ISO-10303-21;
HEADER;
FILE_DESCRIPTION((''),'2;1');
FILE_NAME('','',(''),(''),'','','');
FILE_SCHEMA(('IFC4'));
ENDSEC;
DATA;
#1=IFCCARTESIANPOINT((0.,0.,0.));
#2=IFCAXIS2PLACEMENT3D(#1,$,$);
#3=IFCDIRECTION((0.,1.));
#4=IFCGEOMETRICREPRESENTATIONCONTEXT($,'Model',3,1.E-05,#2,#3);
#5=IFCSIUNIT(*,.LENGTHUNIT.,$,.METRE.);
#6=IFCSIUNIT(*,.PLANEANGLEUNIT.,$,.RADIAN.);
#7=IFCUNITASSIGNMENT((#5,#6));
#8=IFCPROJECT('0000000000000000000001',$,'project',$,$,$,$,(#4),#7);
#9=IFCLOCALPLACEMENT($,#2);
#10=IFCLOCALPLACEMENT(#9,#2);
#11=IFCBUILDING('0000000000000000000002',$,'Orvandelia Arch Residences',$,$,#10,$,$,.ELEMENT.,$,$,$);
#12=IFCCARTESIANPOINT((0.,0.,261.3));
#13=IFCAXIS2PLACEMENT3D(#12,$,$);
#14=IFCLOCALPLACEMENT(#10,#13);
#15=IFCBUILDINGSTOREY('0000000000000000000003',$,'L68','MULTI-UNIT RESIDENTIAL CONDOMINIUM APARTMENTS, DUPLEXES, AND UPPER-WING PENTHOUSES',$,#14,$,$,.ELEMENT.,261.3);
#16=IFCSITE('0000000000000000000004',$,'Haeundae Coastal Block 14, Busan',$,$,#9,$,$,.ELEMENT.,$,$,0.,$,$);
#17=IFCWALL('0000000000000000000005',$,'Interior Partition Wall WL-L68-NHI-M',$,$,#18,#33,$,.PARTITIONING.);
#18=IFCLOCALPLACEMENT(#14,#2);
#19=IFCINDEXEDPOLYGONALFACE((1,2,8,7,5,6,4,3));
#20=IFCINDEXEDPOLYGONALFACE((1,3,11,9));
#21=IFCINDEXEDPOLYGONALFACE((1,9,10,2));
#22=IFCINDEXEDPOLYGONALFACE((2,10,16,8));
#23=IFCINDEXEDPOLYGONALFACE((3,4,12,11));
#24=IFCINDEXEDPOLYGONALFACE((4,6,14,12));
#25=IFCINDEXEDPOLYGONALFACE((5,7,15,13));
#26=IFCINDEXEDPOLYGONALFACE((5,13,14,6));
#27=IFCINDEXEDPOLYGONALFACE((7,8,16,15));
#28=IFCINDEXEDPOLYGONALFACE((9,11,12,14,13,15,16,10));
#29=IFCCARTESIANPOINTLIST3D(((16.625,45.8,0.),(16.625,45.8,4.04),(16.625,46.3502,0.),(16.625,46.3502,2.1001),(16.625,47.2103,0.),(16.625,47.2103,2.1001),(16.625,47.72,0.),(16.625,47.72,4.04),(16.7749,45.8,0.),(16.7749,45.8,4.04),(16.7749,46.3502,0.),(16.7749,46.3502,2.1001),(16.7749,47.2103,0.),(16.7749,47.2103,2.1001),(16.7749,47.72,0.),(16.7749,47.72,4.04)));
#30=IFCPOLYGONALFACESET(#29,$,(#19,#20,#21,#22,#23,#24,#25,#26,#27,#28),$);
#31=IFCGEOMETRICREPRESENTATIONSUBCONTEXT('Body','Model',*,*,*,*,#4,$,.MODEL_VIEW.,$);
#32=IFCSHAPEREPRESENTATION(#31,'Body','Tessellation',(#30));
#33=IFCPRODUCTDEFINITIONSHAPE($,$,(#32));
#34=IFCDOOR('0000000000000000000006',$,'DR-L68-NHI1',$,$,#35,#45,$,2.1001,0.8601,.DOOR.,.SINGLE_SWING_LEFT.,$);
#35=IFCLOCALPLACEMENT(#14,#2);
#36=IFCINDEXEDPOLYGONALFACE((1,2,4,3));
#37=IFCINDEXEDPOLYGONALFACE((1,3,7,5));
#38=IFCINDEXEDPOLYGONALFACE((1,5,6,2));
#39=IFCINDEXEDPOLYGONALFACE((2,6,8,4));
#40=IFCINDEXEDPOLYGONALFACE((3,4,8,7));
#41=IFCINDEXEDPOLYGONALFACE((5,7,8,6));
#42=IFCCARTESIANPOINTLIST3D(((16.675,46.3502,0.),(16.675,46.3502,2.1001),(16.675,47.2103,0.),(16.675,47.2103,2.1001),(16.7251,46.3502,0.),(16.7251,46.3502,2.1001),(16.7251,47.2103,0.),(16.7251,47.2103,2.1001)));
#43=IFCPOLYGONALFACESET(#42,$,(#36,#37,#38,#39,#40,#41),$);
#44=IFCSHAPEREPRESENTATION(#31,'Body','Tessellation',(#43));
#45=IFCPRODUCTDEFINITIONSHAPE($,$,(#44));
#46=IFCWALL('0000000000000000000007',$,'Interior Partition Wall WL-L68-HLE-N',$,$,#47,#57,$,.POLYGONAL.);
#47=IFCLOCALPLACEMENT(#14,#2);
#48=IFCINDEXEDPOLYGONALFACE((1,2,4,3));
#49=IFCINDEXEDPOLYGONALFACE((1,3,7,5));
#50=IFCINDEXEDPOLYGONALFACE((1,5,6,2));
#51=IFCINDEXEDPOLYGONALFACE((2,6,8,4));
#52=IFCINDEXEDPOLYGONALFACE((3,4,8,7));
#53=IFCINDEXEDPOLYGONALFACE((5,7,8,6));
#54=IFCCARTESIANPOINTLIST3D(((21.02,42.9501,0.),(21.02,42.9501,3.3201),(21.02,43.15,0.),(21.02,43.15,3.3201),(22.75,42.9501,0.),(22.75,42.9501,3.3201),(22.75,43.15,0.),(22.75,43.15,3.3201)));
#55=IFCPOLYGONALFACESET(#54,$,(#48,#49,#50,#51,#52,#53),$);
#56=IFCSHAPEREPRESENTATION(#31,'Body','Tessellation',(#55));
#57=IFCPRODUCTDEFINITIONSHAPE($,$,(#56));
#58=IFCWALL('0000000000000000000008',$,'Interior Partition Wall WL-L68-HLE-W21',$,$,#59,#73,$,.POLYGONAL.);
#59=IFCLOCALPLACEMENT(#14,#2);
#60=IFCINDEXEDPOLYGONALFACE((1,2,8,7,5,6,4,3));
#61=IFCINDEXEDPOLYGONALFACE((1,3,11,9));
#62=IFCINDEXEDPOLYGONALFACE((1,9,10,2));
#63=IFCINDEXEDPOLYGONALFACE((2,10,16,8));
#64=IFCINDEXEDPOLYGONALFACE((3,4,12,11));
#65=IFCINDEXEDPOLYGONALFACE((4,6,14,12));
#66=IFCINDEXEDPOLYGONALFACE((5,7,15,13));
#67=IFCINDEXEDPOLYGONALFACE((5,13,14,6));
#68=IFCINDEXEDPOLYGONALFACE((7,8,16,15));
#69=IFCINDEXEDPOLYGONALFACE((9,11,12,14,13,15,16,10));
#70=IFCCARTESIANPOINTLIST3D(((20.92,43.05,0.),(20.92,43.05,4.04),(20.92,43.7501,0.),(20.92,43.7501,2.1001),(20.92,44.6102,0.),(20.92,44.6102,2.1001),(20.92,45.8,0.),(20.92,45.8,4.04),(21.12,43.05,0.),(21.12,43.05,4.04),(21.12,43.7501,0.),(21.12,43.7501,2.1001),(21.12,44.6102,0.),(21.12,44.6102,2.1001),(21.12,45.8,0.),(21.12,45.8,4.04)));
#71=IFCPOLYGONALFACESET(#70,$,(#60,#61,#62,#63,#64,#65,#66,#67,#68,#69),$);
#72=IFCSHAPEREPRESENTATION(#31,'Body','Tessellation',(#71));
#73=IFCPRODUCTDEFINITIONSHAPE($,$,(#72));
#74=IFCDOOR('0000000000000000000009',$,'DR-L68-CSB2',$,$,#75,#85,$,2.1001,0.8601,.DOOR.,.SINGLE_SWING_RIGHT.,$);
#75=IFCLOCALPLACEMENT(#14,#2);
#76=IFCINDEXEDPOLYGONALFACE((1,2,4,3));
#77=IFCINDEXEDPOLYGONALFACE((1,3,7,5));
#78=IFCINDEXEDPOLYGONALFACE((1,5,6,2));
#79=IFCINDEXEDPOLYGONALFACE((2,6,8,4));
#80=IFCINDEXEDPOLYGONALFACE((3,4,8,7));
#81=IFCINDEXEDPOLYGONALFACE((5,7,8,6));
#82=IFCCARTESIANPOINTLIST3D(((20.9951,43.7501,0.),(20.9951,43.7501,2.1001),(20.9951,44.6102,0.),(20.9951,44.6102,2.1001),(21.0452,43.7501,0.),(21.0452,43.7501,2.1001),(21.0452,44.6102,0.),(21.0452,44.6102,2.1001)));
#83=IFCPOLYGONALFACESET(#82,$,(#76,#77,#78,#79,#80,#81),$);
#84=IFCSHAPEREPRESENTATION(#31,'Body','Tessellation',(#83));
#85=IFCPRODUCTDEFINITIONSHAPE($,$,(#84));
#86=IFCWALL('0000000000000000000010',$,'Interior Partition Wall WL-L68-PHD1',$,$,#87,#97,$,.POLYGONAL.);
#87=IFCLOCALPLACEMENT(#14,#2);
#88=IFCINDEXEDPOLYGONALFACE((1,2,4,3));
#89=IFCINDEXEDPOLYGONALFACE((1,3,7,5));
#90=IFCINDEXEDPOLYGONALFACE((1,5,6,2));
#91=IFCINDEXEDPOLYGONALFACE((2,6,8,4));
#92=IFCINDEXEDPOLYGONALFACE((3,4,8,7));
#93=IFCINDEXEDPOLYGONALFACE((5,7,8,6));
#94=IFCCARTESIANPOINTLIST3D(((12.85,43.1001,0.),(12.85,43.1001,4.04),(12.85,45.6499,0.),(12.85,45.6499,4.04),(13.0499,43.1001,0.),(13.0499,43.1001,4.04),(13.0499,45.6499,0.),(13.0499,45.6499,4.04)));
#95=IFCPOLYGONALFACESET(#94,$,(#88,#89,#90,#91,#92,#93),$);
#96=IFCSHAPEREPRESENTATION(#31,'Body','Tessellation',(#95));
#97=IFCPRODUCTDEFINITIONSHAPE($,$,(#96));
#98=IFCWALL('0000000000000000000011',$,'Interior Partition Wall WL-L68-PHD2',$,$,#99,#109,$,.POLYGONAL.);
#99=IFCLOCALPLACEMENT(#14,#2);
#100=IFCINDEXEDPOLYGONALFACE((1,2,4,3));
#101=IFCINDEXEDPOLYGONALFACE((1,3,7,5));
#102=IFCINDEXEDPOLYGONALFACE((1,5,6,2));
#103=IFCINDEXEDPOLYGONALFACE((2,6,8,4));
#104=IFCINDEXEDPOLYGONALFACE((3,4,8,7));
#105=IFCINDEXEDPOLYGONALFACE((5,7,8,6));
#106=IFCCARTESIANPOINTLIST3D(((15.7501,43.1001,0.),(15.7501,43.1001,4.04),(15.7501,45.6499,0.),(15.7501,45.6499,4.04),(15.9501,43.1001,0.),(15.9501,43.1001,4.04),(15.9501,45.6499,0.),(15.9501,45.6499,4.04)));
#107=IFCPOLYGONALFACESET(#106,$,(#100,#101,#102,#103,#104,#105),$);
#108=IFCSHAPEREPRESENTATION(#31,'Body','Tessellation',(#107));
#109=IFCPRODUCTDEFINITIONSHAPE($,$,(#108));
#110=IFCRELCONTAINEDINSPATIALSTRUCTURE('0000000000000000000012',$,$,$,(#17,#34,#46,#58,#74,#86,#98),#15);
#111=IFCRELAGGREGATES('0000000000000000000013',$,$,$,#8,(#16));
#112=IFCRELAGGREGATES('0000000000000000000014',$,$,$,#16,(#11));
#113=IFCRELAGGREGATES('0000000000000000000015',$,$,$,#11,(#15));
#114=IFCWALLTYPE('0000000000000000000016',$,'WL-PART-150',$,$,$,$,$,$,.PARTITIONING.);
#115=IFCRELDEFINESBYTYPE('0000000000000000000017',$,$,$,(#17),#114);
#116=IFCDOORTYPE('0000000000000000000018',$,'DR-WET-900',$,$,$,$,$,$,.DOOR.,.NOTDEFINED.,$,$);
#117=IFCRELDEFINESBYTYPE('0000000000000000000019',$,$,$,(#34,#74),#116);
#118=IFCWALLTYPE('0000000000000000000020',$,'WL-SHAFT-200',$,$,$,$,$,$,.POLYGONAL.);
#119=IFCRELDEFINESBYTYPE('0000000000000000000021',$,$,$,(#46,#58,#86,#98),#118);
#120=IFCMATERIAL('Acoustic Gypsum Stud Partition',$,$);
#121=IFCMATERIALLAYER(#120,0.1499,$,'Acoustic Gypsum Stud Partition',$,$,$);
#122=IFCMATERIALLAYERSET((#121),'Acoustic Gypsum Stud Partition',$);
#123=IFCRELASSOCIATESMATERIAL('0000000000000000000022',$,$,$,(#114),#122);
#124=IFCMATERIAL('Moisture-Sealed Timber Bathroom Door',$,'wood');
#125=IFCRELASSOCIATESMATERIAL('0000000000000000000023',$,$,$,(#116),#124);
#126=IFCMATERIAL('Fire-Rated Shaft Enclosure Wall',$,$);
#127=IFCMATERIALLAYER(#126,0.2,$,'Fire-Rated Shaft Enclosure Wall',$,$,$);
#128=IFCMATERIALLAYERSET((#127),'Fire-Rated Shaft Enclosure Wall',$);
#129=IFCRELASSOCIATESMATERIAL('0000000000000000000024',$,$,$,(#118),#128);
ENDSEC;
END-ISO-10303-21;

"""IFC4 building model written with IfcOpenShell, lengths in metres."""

from ifc_helpers import new_model, si_unit, direction, frame, frame_2d, origin, place, context, subcontext, project, spatial, rectangle, extrude, material, layer, layer_set, type_object, element, fill, save


model = new_model("IFC4")

# Units and contexts
model_context = context("Model", 3, precision=1e-05, world=origin(), true_north=direction((0.0, 1.0)))
body_context = subcontext(model_context, "Body", "Model", "MODEL_VIEW")
ifc_project = project(units=[si_unit("LENGTHUNIT", "METRE"), si_unit("PLANEANGLEUNIT", "RADIAN")], contexts=[model_context])

# Site, building, storey
site_placement = place(None, origin())
site = spatial("IfcSite", under=ifc_project, at=site_placement, Name="Haeundae Coastal Block 14, Busan", CompositionType="ELEMENT", RefElevation=0.0)
building_placement = place(site_placement, origin())
building = spatial("IfcBuilding", under=site, at=building_placement, Name="Orvandelia Arch Residences", CompositionType="ELEMENT")
storey_placement = place(building_placement, frame((0.0, 0.0, 261.3)))
storey = spatial("IfcBuildingStorey", under=building, at=storey_placement, Name="L68", Description="MULTI-UNIT RESIDENTIAL CONDOMINIUM APARTMENTS, DUPLEXES, AND UPPER-WING PENTHOUSES", CompositionType="ELEMENT", Elevation=261.3)

# Shared definitions
ifc_material_1 = material(Name="Acoustic Gypsum Stud Partition")
ifc_layer_1 = layer(ifc_material_1, 0.1499, Name="Acoustic Gypsum Stud Partition")
ifc_layer_set_1 = layer_set([ifc_layer_1], Name="Acoustic Gypsum Stud Partition")
wall_type_1 = type_object("IfcWallType", Name="WL-PART-150", PredefinedType="PARTITIONING", material=ifc_layer_set_1)

# Wall, opening, door
wall_1_placement = place(storey_placement, frame((16.7, 45.8, 0.0), z_axis=(0.0, 0.0, 1.0), x_axis=(0.0, 1.0, 0.0)))
wall_1 = element("IfcWall", 1, at=wall_1_placement, inside=storey, type_object=wall_type_1, Name="Interior Partition Wall WL-L68-NHI-M", PredefinedType="PARTITIONING", context=body_context, shape_type="SweptSolid", body=[
    extrude(rectangle(XDim=1.9199, YDim=0.1499, at=frame_2d((0.96, 0.0))), origin(), (0.0, 0.0, 1.0), 4.04),
])
opening_1_placement = place(wall_1_placement, frame((0.55, 0.0, 0.0)))
opening_1 = element("IfcOpeningElement", 2, at=opening_1_placement, cuts=wall_1, PredefinedType="OPENING", context=body_context, shape_type="SweptSolid", body=[
    extrude(rectangle(XDim=0.8601, YDim=2.1001, at=frame_2d((0.4302, 1.05))), frame((0.0, 0.085, 0.0), z_axis=(0.0, -1.0, 0.0), x_axis=(1.0, 0.0, 0.0)), (0.0, 0.0, 1.0), 0.1699),
])
ifc_material_2 = material(Name="Moisture-Sealed Timber Bathroom Door", Category="wood")
door_type = type_object("IfcDoorType", Name="DR-WET-900", OperationType="NOTDEFINED", PredefinedType="DOOR", material=ifc_material_2)
door_1_placement = place(opening_1_placement, origin())
door_1 = element("IfcDoor", 3, at=door_1_placement, inside=storey, type_object=door_type, Name="DR-L68-NHI1", OperationType="SINGLE_SWING_LEFT", OverallHeight=2.1001, OverallWidth=0.8601, PredefinedType="DOOR", context=body_context, shape_type="SweptSolid", body=[
    extrude(rectangle(XDim=0.8601, YDim=2.1001, at=frame_2d((0.4302, 1.05))), frame((0.0, 0.0249, 0.0), z_axis=(0.0, -1.0, 0.0), x_axis=(1.0, 0.0, 0.0)), (0.0, 0.0, 1.0), 0.05),
])
fill(opening_1, door_1)

# Wall
ifc_material_3 = material(Name="Fire-Rated Shaft Enclosure Wall")
ifc_layer_2 = layer(ifc_material_3, 0.2, Name="Fire-Rated Shaft Enclosure Wall")
ifc_layer_set_2 = layer_set([ifc_layer_2], Name="Fire-Rated Shaft Enclosure Wall")
wall_type_2 = type_object("IfcWallType", Name="WL-SHAFT-200", PredefinedType="POLYGONAL", material=ifc_layer_set_2)
wall_2_placement = place(storey_placement, frame((21.02, 43.05, 0.0), z_axis=(0.0, 0.0, 1.0), x_axis=(1.0, 0.0, 0.0)))
element("IfcWall", 4, at=wall_2_placement, inside=storey, type_object=wall_type_2, Name="Interior Partition Wall WL-L68-HLE-N", PredefinedType="POLYGONAL", context=body_context, shape_type="SweptSolid", body=[
    extrude(rectangle(XDim=1.73, YDim=0.2, at=frame_2d((0.865, 0.0))), origin(), (0.0, 0.0, 1.0), 3.3201),
])

# Wall, opening, door
wall_3_placement = place(storey_placement, frame((21.02, 43.05, 0.0), z_axis=(0.0, 0.0, 1.0), x_axis=(0.0, 1.0, 0.0)))
wall_3 = element("IfcWall", 5, at=wall_3_placement, inside=storey, type_object=wall_type_2, Name="Interior Partition Wall WL-L68-HLE-W21", PredefinedType="POLYGONAL", context=body_context, shape_type="SweptSolid", body=[
    extrude(rectangle(XDim=2.75, YDim=0.2, at=frame_2d((1.375, 0.0))), origin(), (0.0, 0.0, 1.0), 4.04),
])
opening_2_placement = place(wall_3_placement, frame((0.7, 0.0, 0.0)))
opening_2 = element("IfcOpeningElement", 6, at=opening_2_placement, cuts=wall_3, PredefinedType="OPENING", context=body_context, shape_type="SweptSolid", body=[
    extrude(rectangle(XDim=0.8601, YDim=2.1001, at=frame_2d((0.4302, 1.05))), frame((0.0, 0.1099, 0.0), z_axis=(0.0, -1.0, 0.0), x_axis=(1.0, 0.0, 0.0)), (0.0, 0.0, 1.0), 0.22),
])
door_2_placement = place(opening_2_placement, origin())
door_2 = element("IfcDoor", 7, at=door_2_placement, inside=storey, type_object=door_type, Name="DR-L68-CSB2", OperationType="SINGLE_SWING_RIGHT", OverallHeight=2.1001, OverallWidth=0.8601, PredefinedType="DOOR", context=body_context, shape_type="SweptSolid", body=[
    extrude(rectangle(XDim=0.8601, YDim=2.1001, at=frame_2d((0.4302, 1.05))), frame((0.0, 0.0249, 0.0), z_axis=(0.0, -1.0, 0.0), x_axis=(1.0, 0.0, 0.0)), (0.0, 0.0, 1.0), 0.05),
])
fill(opening_2, door_2)

# Walls
for number, where, z_axis, x_axis, name in (
    (8, (12.95, 43.1001, 0.0), (0.0, 0.0, 1.0), (0.0, 1.0, 0.0), "Interior Partition Wall WL-L68-PHD1"),
    (9, (15.8501, 43.1001, 0.0), (0.0, 0.0, 1.0), (0.0, 1.0, 0.0), "Interior Partition Wall WL-L68-PHD2"),
):
    element("IfcWall", number, at=place(storey_placement, frame(where, z_axis=z_axis, x_axis=x_axis)), inside=storey, type_object=wall_type_2, Name=name, PredefinedType="POLYGONAL", context=body_context, shape_type="SweptSolid", body=[
        extrude(rectangle(XDim=2.5498, YDim=0.2, at=frame_2d((1.2749, 0.0))), origin(), (0.0, 0.0, 1.0), 4.04),
    ])

save(model, "model.ifc")
